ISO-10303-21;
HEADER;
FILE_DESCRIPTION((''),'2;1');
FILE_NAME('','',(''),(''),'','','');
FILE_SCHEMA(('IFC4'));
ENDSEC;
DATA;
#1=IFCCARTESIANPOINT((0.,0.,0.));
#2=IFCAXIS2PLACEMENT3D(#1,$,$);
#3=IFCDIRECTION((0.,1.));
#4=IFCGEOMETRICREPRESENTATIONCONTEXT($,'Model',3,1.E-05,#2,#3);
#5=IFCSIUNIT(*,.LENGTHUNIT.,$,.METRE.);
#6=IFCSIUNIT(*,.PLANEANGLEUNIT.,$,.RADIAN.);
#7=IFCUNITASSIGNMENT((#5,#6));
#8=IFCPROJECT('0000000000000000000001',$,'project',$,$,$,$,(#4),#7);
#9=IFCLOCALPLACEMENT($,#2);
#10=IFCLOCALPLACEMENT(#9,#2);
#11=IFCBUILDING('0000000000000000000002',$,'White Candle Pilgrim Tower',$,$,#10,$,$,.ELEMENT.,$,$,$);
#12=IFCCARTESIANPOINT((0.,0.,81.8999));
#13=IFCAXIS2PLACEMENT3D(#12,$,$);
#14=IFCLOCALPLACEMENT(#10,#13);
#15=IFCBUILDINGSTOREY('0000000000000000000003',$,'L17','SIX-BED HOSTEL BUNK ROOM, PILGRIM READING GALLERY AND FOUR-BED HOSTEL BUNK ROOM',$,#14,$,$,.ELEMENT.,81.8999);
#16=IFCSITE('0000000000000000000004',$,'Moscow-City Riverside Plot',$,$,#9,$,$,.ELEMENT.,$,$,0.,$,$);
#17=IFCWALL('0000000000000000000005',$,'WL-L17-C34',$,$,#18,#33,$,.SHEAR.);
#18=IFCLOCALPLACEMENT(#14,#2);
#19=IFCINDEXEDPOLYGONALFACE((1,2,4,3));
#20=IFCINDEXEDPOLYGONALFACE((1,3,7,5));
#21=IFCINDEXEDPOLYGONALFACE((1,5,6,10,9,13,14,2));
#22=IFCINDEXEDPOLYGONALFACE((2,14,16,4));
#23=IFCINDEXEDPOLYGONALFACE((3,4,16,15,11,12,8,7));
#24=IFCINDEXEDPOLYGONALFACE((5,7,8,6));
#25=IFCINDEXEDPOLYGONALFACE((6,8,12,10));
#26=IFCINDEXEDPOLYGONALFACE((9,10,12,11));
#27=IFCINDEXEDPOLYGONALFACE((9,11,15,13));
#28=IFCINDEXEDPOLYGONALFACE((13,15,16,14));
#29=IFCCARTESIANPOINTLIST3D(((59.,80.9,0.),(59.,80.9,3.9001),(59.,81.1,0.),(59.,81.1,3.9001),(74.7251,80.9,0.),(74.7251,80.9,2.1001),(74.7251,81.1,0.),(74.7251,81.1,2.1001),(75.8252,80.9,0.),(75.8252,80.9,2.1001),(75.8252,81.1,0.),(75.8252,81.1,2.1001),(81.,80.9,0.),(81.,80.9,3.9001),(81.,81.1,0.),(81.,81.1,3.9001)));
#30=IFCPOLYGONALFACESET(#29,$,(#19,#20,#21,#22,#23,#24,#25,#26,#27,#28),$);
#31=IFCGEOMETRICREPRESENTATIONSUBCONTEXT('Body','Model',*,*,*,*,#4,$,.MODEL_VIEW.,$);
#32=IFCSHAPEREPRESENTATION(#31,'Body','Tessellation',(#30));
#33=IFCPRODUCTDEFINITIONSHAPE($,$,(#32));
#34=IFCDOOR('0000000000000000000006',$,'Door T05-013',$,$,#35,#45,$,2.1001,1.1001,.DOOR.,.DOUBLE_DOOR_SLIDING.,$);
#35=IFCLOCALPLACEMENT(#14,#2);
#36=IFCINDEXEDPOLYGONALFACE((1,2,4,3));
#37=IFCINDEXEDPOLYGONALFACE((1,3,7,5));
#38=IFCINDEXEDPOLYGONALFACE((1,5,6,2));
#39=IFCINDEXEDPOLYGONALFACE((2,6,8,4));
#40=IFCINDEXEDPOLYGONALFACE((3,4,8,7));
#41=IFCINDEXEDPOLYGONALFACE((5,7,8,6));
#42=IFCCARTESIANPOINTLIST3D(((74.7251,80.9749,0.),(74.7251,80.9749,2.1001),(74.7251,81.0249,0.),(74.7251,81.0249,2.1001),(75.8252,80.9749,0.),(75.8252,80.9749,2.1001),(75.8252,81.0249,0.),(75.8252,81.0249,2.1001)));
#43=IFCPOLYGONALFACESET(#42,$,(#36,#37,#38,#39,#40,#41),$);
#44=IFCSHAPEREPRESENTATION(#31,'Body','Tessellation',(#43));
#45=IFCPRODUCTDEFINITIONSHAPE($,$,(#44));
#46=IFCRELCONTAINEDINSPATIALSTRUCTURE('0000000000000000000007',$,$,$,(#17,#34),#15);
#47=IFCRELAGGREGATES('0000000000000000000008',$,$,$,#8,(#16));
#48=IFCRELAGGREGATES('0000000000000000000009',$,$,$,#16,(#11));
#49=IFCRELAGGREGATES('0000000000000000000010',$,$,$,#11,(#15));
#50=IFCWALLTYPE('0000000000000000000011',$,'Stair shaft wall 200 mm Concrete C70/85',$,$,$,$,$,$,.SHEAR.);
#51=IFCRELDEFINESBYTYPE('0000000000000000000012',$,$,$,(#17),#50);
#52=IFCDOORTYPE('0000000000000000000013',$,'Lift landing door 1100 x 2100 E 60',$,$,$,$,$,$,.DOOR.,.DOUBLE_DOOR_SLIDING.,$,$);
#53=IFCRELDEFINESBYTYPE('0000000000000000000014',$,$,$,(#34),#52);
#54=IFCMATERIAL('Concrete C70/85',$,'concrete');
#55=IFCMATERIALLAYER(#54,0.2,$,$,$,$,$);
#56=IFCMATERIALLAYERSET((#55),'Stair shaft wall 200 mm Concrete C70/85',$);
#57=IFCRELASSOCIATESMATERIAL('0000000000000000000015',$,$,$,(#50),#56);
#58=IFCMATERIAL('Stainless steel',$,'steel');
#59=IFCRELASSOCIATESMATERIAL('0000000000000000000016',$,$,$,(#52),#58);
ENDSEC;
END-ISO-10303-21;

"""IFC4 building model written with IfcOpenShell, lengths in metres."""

from ifc_helpers import new_model, si_unit, direction, frame, frame_2d, origin, place, context, subcontext, project, spatial, rectangle, extrude, material, layer, layer_set, type_object, element, fill, save


model = new_model("IFC4")

# Units and contexts
model_context = context("Model", 3, precision=1e-05, world=origin(), true_north=direction((0.0, 1.0)))
body_context = subcontext(model_context, "Body", "Model", "MODEL_VIEW")
ifc_project = project(units=[si_unit("LENGTHUNIT", "METRE"), si_unit("PLANEANGLEUNIT", "RADIAN")], contexts=[model_context])

# Site, building, storey
site_placement = place(None, origin())
site = spatial("IfcSite", under=ifc_project, at=site_placement, Name="Moscow-City Riverside Plot", CompositionType="ELEMENT", RefElevation=0.0)
building_placement = place(site_placement, origin())
building = spatial("IfcBuilding", under=site, at=building_placement, Name="White Candle Pilgrim Tower", CompositionType="ELEMENT")
storey_placement = place(building_placement, frame((0.0, 0.0, 81.8999)))
storey = spatial("IfcBuildingStorey", under=building, at=storey_placement, Name="L17", Description="SIX-BED HOSTEL BUNK ROOM, PILGRIM READING GALLERY AND FOUR-BED HOSTEL BUNK ROOM", CompositionType="ELEMENT", Elevation=81.8999)

# Shared definitions
ifc_material_1 = material(Name="Concrete C70/85", Category="concrete")

# Wall, opening, door
ifc_layer_1 = layer(ifc_material_1, 0.2)
ifc_layer_set_1 = layer_set([ifc_layer_1], Name="Stair shaft wall 200 mm Concrete C70/85")
wall_type_1 = type_object("IfcWallType", Name="Stair shaft wall 200 mm Concrete C70/85", PredefinedType="SHEAR", material=ifc_layer_set_1)
wall_1_placement = place(storey_placement, frame((59.0, 81.0, 0.0), z_axis=(0.0, 0.0, 1.0), x_axis=(1.0, 0.0, 0.0)))
wall_1 = element("IfcWall", 1, at=wall_1_placement, inside=storey, type_object=wall_type_1, Name="WL-L17-C34", PredefinedType="SHEAR", context=body_context, shape_type="SweptSolid", body=[
    extrude(rectangle(XDim=22.0, YDim=0.2, at=frame_2d((11.0, 0.0))), origin(), (0.0, 0.0, 1.0), 3.9001),
])
opening_1_placement = place(wall_1_placement, frame((15.7251, 0.0, 0.0)))
opening_1 = element("IfcOpeningElement", 2, at=opening_1_placement, cuts=wall_1, PredefinedType="OPENING", context=body_context, shape_type="SweptSolid", body=[
    extrude(rectangle(XDim=1.1001, YDim=2.1001, at=frame_2d((0.55, 1.05))), frame((0.0, 0.1099, 0.0), z_axis=(0.0, -1.0, 0.0), x_axis=(1.0, 0.0, 0.0)), (0.0, 0.0, 1.0), 0.22),
])
ifc_material_2 = material(Name="Stainless steel", Category="steel")
door_type = type_object("IfcDoorType", Name="Lift landing door 1100 x 2100 E 60", OperationType="DOUBLE_DOOR_SLIDING", PredefinedType="DOOR", material=ifc_material_2)
door_placement = place(opening_1_placement, origin())
door = element("IfcDoor", 3, at=door_placement, inside=storey, type_object=door_type, Name="Door T05-013", OperationType="DOUBLE_DOOR_SLIDING", OverallHeight=2.1001, OverallWidth=1.1001, PredefinedType="DOOR", context=body_context, shape_type="SweptSolid", body=[
    extrude(rectangle(XDim=1.1001, YDim=2.1001, at=frame_2d((0.55, 1.05))), frame((0.0, 0.0249, 0.0), z_axis=(0.0, -1.0, 0.0), x_axis=(1.0, 0.0, 0.0)), (0.0, 0.0, 1.0), 0.05),
])
fill(opening_1, door)

save(model, "model.ifc")
